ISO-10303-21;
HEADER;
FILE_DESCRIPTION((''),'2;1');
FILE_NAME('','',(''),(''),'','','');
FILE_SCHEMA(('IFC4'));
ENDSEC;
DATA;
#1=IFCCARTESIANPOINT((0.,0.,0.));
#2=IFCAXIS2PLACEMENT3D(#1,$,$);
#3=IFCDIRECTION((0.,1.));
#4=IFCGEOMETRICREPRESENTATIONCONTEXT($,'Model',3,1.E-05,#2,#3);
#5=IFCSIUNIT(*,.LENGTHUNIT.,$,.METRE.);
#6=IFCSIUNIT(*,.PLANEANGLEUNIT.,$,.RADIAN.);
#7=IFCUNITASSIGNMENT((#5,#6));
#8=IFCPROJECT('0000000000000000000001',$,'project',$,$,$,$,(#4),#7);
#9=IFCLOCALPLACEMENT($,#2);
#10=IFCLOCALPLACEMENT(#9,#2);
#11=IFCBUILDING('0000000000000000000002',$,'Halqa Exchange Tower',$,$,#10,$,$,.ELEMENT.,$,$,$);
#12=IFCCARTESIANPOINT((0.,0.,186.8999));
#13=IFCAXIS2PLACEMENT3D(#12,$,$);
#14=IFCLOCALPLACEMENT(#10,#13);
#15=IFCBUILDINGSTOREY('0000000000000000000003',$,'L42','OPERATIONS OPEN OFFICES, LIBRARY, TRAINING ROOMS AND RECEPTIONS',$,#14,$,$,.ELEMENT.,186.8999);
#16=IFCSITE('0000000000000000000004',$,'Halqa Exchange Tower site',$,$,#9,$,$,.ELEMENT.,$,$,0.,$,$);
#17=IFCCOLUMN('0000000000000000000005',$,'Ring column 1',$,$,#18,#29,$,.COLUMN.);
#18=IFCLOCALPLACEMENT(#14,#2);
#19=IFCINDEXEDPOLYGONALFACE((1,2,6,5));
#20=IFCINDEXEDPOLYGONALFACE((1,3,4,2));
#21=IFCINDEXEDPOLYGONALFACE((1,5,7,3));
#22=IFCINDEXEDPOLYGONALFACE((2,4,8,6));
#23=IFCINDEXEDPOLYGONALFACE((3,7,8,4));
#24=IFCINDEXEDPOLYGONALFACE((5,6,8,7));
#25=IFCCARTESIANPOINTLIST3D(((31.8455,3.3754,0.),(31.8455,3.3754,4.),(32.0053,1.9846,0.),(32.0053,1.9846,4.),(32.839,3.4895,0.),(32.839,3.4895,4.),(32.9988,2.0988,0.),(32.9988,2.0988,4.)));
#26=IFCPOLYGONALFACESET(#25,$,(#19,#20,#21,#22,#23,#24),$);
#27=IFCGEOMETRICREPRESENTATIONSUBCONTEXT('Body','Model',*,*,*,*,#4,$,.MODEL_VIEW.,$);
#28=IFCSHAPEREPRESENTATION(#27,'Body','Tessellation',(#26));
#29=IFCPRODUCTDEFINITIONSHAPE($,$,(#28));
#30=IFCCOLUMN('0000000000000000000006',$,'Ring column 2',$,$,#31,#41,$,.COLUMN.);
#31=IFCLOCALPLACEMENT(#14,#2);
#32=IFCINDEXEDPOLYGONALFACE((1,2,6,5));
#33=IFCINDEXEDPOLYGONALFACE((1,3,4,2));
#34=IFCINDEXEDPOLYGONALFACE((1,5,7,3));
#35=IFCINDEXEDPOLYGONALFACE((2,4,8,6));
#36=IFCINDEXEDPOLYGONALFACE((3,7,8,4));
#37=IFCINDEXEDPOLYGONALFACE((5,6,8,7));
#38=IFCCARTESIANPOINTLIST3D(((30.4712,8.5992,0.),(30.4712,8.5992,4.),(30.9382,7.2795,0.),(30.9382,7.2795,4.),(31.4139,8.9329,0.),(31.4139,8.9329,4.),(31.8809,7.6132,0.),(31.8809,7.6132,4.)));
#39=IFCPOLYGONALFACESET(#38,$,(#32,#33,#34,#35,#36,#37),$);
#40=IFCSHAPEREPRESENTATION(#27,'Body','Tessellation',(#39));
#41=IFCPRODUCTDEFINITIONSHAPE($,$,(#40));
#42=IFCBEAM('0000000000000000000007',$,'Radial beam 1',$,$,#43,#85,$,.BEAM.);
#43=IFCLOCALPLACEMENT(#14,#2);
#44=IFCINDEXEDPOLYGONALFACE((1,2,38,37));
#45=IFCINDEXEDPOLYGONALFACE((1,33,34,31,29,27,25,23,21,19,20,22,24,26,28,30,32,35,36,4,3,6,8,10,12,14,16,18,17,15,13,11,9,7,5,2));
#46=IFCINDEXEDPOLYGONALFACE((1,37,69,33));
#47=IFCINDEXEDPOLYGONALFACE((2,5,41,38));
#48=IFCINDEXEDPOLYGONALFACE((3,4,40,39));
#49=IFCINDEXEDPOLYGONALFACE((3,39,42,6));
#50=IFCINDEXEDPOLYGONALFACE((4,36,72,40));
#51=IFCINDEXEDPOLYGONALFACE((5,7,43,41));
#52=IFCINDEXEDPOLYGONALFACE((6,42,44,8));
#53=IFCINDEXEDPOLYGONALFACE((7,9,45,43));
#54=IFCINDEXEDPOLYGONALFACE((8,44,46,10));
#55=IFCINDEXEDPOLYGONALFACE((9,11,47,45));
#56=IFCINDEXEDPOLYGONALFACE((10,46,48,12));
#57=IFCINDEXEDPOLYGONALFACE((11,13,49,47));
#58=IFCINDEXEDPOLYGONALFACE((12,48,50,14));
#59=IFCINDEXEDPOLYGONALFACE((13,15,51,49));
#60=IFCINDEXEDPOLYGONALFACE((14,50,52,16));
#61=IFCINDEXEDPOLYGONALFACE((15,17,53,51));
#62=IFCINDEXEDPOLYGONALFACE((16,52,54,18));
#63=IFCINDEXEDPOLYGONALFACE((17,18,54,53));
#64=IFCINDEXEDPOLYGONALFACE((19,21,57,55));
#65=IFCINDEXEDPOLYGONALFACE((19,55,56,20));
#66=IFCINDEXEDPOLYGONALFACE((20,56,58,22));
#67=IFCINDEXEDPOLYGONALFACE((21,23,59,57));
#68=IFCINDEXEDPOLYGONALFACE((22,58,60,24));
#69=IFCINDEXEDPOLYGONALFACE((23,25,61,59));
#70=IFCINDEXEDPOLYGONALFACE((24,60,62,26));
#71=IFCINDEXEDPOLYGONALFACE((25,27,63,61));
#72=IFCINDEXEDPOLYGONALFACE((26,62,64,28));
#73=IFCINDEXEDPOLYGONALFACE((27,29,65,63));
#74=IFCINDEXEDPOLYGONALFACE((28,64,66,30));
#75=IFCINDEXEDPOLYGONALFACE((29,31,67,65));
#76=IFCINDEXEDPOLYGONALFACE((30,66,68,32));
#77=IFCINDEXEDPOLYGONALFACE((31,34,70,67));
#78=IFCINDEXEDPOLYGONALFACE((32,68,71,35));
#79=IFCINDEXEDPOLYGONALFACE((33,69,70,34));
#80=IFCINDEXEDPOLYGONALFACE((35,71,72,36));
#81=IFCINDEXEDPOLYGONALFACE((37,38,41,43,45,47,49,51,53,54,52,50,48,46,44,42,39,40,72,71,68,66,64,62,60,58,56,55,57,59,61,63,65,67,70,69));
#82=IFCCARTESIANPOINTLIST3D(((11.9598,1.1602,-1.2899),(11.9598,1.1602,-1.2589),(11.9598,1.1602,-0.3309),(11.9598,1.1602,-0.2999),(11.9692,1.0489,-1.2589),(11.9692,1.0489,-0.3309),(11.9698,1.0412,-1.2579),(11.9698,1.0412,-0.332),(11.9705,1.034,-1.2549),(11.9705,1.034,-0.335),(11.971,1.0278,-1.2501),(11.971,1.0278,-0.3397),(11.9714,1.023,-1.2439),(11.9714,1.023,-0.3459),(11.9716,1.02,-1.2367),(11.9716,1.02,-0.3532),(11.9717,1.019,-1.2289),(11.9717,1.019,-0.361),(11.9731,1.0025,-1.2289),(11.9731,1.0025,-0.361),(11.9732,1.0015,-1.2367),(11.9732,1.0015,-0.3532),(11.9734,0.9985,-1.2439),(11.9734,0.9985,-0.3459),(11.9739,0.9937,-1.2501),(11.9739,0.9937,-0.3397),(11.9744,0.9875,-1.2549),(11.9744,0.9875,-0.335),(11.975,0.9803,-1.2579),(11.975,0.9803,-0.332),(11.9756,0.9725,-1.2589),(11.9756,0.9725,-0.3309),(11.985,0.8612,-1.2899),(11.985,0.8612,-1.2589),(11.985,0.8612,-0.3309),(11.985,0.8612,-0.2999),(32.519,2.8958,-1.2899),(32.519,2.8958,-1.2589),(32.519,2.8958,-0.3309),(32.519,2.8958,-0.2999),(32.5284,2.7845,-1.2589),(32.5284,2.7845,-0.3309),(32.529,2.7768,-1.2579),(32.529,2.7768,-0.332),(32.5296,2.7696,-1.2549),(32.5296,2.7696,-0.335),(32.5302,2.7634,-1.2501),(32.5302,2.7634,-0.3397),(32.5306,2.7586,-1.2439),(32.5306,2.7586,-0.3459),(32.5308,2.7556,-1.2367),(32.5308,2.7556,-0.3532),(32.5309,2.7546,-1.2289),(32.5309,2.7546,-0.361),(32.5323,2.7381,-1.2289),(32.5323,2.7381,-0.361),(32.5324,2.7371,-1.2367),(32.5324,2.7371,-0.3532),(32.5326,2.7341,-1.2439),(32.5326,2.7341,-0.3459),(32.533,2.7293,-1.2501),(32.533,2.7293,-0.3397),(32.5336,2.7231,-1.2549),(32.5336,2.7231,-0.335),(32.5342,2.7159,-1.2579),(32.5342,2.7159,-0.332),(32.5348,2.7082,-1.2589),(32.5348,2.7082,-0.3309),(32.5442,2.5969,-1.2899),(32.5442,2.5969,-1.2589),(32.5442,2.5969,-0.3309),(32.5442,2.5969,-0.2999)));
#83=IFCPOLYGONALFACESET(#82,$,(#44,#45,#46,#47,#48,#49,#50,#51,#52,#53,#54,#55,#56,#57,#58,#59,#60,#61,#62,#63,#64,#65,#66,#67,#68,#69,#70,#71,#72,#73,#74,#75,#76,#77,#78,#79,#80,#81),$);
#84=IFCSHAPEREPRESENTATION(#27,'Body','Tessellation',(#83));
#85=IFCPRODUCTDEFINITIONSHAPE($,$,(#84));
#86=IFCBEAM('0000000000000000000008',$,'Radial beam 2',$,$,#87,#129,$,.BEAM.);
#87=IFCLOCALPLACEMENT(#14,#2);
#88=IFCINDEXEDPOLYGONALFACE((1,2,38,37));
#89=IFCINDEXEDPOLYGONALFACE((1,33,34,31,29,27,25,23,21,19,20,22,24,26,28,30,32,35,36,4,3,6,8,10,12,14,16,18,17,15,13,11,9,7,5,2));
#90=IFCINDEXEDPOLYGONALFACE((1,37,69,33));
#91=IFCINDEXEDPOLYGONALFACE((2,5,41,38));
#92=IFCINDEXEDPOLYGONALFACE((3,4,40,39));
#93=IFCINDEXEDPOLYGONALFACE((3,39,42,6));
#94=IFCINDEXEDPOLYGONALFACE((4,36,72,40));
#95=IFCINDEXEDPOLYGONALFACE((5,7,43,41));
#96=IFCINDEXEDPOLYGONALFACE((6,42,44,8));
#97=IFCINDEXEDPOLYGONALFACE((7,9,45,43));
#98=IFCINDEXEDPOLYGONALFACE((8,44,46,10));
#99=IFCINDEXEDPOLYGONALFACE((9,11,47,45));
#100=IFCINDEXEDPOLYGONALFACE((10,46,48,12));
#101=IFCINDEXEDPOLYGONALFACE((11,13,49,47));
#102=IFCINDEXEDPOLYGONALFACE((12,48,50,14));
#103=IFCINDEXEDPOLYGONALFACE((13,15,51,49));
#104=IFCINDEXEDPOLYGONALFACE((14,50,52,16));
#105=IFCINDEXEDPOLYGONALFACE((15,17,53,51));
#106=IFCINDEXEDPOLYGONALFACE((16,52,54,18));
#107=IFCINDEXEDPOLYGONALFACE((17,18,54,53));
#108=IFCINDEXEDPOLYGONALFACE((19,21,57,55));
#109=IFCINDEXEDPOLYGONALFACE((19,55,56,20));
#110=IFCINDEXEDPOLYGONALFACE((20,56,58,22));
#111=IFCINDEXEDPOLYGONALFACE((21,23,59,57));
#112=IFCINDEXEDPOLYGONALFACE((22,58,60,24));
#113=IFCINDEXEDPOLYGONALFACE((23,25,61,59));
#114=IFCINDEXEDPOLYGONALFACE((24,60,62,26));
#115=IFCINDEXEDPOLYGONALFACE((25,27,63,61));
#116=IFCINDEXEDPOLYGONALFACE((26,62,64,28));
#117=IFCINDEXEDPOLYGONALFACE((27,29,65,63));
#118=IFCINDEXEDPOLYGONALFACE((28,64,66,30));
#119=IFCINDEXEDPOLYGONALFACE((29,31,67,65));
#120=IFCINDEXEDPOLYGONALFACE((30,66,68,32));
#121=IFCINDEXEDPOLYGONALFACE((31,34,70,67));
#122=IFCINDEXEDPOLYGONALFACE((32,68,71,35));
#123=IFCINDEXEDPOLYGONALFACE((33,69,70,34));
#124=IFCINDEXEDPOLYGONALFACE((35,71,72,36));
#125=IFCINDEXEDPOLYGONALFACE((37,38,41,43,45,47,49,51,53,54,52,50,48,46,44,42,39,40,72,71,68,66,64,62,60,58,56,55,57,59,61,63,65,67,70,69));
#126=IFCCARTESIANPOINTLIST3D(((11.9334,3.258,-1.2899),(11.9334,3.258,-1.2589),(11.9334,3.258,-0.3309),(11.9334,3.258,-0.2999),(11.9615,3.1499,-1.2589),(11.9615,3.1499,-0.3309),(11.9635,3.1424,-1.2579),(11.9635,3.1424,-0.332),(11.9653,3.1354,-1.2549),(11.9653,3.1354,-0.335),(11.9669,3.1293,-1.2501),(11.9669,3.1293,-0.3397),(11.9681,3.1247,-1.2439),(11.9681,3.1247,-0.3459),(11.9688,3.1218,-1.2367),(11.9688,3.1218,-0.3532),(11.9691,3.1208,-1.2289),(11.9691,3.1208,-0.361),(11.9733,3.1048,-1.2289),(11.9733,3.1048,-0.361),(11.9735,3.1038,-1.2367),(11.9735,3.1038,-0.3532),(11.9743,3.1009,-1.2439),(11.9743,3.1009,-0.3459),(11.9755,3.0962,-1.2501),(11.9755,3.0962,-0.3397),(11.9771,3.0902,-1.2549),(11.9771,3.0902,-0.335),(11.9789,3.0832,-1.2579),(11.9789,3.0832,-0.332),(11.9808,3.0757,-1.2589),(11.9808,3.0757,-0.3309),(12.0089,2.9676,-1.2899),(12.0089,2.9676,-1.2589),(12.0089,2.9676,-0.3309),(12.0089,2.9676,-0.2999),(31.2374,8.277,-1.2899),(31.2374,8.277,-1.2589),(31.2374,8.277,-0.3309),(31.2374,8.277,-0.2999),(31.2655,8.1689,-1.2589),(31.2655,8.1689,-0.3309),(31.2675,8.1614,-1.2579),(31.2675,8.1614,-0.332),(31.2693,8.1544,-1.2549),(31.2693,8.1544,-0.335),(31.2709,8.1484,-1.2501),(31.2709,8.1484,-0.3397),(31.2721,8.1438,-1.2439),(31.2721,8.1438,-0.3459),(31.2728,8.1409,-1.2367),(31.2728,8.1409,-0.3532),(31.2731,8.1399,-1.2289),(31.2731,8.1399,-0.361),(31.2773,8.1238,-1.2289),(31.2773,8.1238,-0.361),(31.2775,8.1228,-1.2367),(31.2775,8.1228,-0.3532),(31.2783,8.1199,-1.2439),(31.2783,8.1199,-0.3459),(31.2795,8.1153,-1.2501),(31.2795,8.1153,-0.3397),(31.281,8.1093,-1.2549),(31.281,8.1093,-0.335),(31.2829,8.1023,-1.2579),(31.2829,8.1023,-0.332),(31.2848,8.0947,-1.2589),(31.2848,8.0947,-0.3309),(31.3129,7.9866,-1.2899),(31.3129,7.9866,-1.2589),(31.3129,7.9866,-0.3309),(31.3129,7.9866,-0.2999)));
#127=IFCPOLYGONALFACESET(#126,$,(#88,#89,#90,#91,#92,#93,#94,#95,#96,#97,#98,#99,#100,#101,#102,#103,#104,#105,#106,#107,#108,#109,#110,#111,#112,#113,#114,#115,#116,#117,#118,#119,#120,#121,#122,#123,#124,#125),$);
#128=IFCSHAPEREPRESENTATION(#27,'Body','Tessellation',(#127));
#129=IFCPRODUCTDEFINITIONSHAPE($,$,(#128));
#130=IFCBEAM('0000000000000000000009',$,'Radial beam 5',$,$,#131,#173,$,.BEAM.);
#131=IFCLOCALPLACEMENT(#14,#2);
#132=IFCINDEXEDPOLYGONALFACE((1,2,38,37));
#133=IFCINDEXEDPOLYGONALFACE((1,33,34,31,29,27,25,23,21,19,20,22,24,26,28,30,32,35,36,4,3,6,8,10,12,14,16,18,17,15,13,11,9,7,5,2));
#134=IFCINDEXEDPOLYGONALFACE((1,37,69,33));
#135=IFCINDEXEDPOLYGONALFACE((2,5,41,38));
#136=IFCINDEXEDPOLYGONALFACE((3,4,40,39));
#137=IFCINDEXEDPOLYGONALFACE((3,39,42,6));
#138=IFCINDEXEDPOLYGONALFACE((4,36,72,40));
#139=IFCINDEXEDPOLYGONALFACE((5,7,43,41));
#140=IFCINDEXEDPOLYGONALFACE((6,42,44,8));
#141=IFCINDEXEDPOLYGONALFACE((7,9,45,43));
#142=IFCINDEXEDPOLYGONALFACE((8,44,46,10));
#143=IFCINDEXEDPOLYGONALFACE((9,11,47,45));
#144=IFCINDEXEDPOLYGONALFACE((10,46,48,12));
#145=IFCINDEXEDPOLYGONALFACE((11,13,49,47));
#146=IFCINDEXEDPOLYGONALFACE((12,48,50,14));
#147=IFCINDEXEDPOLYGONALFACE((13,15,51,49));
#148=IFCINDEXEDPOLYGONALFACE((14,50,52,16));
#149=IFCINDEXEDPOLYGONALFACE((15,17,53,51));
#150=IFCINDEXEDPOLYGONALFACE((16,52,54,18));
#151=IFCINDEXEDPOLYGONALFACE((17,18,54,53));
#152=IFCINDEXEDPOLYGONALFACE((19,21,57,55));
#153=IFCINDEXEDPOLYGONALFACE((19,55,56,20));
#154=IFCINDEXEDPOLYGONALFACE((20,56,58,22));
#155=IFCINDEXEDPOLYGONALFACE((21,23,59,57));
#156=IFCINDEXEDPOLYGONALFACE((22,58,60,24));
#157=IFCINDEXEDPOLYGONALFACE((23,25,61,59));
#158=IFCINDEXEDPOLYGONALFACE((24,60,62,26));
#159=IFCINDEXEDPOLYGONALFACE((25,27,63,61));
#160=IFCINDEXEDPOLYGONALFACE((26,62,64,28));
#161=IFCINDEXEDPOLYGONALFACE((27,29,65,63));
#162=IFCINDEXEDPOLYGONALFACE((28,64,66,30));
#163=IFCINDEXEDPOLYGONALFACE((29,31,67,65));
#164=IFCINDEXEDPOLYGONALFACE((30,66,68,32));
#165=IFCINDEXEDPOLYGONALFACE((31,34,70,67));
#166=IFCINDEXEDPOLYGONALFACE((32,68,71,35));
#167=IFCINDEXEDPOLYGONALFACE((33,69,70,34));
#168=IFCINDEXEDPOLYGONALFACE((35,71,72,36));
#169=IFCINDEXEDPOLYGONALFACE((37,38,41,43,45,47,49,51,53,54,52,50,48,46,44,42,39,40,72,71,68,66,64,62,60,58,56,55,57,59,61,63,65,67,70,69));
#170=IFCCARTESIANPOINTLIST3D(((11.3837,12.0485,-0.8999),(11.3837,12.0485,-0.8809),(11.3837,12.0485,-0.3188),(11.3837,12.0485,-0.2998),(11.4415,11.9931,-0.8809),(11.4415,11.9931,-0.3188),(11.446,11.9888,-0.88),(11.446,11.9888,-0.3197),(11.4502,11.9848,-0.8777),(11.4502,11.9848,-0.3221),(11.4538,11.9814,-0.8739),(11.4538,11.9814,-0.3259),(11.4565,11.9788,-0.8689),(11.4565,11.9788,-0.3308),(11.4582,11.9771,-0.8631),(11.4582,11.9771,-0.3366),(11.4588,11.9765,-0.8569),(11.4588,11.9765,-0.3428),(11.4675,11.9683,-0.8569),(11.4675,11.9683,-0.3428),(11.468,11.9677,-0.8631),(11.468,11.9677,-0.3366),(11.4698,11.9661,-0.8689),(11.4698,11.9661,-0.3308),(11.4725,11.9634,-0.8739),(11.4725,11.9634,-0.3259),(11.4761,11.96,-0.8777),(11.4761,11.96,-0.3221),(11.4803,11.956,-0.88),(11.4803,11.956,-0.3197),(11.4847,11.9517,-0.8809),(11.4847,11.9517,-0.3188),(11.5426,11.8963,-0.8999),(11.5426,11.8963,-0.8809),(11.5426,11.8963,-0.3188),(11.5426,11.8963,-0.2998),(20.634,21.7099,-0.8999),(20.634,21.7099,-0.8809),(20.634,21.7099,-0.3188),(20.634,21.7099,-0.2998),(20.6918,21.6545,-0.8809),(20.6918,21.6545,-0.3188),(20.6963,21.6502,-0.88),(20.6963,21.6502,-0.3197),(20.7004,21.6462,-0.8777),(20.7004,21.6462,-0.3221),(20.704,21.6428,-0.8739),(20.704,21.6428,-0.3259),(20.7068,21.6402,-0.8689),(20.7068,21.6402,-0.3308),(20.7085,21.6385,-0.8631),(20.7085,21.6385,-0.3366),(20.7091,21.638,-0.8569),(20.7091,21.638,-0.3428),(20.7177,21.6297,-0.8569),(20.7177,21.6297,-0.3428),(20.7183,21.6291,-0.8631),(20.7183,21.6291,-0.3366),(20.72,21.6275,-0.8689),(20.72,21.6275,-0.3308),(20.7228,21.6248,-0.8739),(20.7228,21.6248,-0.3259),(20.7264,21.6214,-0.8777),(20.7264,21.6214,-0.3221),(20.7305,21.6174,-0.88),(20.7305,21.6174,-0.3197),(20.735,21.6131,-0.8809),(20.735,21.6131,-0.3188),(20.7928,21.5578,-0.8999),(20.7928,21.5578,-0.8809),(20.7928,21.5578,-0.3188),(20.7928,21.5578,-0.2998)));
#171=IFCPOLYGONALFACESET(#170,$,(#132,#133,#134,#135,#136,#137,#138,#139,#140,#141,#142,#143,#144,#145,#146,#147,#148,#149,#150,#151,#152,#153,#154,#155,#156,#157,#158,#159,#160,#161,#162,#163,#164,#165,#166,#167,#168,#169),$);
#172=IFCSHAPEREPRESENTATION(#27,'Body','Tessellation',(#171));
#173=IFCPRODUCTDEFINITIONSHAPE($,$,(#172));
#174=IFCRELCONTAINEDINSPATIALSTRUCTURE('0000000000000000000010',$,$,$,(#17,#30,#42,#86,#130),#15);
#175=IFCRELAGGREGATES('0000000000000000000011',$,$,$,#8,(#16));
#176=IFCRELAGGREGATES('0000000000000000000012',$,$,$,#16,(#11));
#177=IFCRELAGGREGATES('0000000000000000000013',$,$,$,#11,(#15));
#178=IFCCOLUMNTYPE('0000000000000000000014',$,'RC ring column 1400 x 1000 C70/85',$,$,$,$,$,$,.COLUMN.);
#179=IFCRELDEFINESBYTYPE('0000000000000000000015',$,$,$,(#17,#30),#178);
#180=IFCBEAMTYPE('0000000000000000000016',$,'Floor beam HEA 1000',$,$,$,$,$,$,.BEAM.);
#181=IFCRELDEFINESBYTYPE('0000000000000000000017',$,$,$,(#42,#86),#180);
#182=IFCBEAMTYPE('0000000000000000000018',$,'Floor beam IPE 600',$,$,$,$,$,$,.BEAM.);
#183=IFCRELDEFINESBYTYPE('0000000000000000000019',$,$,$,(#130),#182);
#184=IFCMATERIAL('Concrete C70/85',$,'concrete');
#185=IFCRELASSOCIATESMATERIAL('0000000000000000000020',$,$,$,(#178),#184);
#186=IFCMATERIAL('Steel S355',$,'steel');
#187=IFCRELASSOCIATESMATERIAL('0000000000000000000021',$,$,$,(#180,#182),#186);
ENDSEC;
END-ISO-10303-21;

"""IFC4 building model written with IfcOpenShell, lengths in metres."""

from ifc_helpers import new_model, si_unit, direction, frame, origin, origin_2d, place, context, subcontext, project, spatial, rectangle, i_section, extrude, material, material_profile, profile_set, type_object, element, save


model = new_model("IFC4")

# Units and contexts
model_context = context("Model", 3, precision=1e-05, world=origin(), true_north=direction((0.0, 1.0)))
body_context = subcontext(model_context, "Body", "Model", "MODEL_VIEW")
ifc_project = project(units=[si_unit("LENGTHUNIT", "METRE"), si_unit("PLANEANGLEUNIT", "RADIAN")], contexts=[model_context])

# Site, building, storey
site_placement = place(None, origin())
site = spatial("IfcSite", under=ifc_project, at=site_placement, Name="Halqa Exchange Tower site", CompositionType="ELEMENT", RefElevation=0.0)
building_placement = place(site_placement, origin())
building = spatial("IfcBuilding", under=site, at=building_placement, Name="Halqa Exchange Tower", CompositionType="ELEMENT")
storey_placement = place(building_placement, frame((0.0, 0.0, 186.8999)))
storey = spatial("IfcBuildingStorey", under=building, at=storey_placement, Name="L42", Description="OPERATIONS OPEN OFFICES, LIBRARY, TRAINING ROOMS AND RECEPTIONS", CompositionType="ELEMENT", Elevation=186.8999)

# Columns
ifc_material_1 = material(Name="Concrete C70/85", Category="concrete")
ifc_material_profile_1 = material_profile(ifc_material_1, rectangle(XDim=1.3999, YDim=1.0, at=origin_2d()), Name="1400 x 1000")
ifc_profile_set_1 = profile_set([ifc_material_profile_1], Name="Concrete C70/85")
column_type = type_object("IfcColumnType", Name="RC ring column 1400 x 1000 C70/85", PredefinedType="COLUMN", material=ifc_profile_set_1)
for number, where, z_axis, x_axis, name in (
    (1, (32.4221, 2.7371, 0.0), (0.0, 0.0, 1.0), (-0.11415, 0.993464, 0.0), "Ring column 1"),
    (2, (31.176, 8.1062, 0.0), (0.0, 0.0, 1.0), (-0.333626, 0.942706, 0.0), "Ring column 2"),
):
    element("IfcColumn", number, at=place(storey_placement, frame(where, z_axis=z_axis, x_axis=x_axis)), inside=storey, type_object=column_type, Name=name, PredefinedType="COLUMN", context=body_context, shape_type="SweptSolid", body=[
        extrude(rectangle(XDim=1.3999, YDim=1.0, at=origin_2d()), origin(), (0.0, 0.0, 1.0), 4.0),
    ])

# Beams
ifc_material_2 = material(Name="Steel S355", Category="steel")
ifc_material_profile_2 = material_profile(ifc_material_2, i_section(OverallWidth=0.3, OverallDepth=0.99, WebThickness=0.0166, FlangeThickness=0.031, FilletRadius=0.03, at=origin_2d()), Name="HEA 1000")
ifc_profile_set_2 = profile_set([ifc_material_profile_2], Name="Steel S355")
beam_type_1 = type_object("IfcBeamType", Name="Floor beam HEA 1000", PredefinedType="BEAM", material=ifc_profile_set_2)
beam_1_placement = place(storey_placement, frame((11.9724, 1.0107, -0.7949), z_axis=(0.996456, 0.084121, 0.0), x_axis=(-0.084121, 0.996456, 0.0)))
element("IfcBeam", 3, at=beam_1_placement, inside=storey, type_object=beam_type_1, Name="Radial beam 1", PredefinedType="BEAM", context=body_context, shape_type="SweptSolid", body=[
    extrude(i_section(OverallWidth=0.3, OverallDepth=0.99, WebThickness=0.0166, FlangeThickness=0.031, FilletRadius=0.03, at=origin_2d()), origin(), (0.0, 0.0, 1.0), 20.6323),
])
beam_2_placement = place(storey_placement, frame((11.9712, 3.1128, -0.7949), z_axis=(0.967822, 0.251635, 0.0), x_axis=(-0.251635, 0.967822, 0.0)))
element("IfcBeam", 4, at=beam_2_placement, inside=storey, type_object=beam_type_1, Name="Radial beam 2", PredefinedType="BEAM", context=body_context, shape_type="SweptSolid", body=[
    extrude(i_section(OverallWidth=0.3, OverallDepth=0.99, WebThickness=0.0166, FlangeThickness=0.031, FilletRadius=0.03, at=origin_2d()), origin(), (0.0, 0.0, 1.0), 19.9458),
])
ifc_material_profile_3 = material_profile(ifc_material_2, i_section(OverallWidth=0.22, OverallDepth=0.6001, WebThickness=0.012, FlangeThickness=0.019, FilletRadius=0.0239, at=origin_2d()), Name="IPE 600")
ifc_profile_set_3 = profile_set([ifc_material_profile_3], Name="Steel S355")
beam_type_2 = type_object("IfcBeamType", Name="Floor beam IPE 600", PredefinedType="BEAM", material=ifc_profile_set_3)
beam_3_placement = place(storey_placement, frame((11.4631, 11.9724, -0.5999), z_axis=(0.691571, 0.722308, 0.0), x_axis=(-0.722308, 0.691571, 0.0)))
element("IfcBeam", 5, at=beam_3_placement, inside=storey, type_object=beam_type_2, Name="Radial beam 5", PredefinedType="BEAM", context=body_context, shape_type="SweptSolid", body=[
    extrude(i_section(OverallWidth=0.22, OverallDepth=0.6001, WebThickness=0.012, FlangeThickness=0.019, FilletRadius=0.0239, at=origin_2d()), origin(), (0.0, 0.0, 1.0), 13.3757),
])

save(model, "model.ifc")
